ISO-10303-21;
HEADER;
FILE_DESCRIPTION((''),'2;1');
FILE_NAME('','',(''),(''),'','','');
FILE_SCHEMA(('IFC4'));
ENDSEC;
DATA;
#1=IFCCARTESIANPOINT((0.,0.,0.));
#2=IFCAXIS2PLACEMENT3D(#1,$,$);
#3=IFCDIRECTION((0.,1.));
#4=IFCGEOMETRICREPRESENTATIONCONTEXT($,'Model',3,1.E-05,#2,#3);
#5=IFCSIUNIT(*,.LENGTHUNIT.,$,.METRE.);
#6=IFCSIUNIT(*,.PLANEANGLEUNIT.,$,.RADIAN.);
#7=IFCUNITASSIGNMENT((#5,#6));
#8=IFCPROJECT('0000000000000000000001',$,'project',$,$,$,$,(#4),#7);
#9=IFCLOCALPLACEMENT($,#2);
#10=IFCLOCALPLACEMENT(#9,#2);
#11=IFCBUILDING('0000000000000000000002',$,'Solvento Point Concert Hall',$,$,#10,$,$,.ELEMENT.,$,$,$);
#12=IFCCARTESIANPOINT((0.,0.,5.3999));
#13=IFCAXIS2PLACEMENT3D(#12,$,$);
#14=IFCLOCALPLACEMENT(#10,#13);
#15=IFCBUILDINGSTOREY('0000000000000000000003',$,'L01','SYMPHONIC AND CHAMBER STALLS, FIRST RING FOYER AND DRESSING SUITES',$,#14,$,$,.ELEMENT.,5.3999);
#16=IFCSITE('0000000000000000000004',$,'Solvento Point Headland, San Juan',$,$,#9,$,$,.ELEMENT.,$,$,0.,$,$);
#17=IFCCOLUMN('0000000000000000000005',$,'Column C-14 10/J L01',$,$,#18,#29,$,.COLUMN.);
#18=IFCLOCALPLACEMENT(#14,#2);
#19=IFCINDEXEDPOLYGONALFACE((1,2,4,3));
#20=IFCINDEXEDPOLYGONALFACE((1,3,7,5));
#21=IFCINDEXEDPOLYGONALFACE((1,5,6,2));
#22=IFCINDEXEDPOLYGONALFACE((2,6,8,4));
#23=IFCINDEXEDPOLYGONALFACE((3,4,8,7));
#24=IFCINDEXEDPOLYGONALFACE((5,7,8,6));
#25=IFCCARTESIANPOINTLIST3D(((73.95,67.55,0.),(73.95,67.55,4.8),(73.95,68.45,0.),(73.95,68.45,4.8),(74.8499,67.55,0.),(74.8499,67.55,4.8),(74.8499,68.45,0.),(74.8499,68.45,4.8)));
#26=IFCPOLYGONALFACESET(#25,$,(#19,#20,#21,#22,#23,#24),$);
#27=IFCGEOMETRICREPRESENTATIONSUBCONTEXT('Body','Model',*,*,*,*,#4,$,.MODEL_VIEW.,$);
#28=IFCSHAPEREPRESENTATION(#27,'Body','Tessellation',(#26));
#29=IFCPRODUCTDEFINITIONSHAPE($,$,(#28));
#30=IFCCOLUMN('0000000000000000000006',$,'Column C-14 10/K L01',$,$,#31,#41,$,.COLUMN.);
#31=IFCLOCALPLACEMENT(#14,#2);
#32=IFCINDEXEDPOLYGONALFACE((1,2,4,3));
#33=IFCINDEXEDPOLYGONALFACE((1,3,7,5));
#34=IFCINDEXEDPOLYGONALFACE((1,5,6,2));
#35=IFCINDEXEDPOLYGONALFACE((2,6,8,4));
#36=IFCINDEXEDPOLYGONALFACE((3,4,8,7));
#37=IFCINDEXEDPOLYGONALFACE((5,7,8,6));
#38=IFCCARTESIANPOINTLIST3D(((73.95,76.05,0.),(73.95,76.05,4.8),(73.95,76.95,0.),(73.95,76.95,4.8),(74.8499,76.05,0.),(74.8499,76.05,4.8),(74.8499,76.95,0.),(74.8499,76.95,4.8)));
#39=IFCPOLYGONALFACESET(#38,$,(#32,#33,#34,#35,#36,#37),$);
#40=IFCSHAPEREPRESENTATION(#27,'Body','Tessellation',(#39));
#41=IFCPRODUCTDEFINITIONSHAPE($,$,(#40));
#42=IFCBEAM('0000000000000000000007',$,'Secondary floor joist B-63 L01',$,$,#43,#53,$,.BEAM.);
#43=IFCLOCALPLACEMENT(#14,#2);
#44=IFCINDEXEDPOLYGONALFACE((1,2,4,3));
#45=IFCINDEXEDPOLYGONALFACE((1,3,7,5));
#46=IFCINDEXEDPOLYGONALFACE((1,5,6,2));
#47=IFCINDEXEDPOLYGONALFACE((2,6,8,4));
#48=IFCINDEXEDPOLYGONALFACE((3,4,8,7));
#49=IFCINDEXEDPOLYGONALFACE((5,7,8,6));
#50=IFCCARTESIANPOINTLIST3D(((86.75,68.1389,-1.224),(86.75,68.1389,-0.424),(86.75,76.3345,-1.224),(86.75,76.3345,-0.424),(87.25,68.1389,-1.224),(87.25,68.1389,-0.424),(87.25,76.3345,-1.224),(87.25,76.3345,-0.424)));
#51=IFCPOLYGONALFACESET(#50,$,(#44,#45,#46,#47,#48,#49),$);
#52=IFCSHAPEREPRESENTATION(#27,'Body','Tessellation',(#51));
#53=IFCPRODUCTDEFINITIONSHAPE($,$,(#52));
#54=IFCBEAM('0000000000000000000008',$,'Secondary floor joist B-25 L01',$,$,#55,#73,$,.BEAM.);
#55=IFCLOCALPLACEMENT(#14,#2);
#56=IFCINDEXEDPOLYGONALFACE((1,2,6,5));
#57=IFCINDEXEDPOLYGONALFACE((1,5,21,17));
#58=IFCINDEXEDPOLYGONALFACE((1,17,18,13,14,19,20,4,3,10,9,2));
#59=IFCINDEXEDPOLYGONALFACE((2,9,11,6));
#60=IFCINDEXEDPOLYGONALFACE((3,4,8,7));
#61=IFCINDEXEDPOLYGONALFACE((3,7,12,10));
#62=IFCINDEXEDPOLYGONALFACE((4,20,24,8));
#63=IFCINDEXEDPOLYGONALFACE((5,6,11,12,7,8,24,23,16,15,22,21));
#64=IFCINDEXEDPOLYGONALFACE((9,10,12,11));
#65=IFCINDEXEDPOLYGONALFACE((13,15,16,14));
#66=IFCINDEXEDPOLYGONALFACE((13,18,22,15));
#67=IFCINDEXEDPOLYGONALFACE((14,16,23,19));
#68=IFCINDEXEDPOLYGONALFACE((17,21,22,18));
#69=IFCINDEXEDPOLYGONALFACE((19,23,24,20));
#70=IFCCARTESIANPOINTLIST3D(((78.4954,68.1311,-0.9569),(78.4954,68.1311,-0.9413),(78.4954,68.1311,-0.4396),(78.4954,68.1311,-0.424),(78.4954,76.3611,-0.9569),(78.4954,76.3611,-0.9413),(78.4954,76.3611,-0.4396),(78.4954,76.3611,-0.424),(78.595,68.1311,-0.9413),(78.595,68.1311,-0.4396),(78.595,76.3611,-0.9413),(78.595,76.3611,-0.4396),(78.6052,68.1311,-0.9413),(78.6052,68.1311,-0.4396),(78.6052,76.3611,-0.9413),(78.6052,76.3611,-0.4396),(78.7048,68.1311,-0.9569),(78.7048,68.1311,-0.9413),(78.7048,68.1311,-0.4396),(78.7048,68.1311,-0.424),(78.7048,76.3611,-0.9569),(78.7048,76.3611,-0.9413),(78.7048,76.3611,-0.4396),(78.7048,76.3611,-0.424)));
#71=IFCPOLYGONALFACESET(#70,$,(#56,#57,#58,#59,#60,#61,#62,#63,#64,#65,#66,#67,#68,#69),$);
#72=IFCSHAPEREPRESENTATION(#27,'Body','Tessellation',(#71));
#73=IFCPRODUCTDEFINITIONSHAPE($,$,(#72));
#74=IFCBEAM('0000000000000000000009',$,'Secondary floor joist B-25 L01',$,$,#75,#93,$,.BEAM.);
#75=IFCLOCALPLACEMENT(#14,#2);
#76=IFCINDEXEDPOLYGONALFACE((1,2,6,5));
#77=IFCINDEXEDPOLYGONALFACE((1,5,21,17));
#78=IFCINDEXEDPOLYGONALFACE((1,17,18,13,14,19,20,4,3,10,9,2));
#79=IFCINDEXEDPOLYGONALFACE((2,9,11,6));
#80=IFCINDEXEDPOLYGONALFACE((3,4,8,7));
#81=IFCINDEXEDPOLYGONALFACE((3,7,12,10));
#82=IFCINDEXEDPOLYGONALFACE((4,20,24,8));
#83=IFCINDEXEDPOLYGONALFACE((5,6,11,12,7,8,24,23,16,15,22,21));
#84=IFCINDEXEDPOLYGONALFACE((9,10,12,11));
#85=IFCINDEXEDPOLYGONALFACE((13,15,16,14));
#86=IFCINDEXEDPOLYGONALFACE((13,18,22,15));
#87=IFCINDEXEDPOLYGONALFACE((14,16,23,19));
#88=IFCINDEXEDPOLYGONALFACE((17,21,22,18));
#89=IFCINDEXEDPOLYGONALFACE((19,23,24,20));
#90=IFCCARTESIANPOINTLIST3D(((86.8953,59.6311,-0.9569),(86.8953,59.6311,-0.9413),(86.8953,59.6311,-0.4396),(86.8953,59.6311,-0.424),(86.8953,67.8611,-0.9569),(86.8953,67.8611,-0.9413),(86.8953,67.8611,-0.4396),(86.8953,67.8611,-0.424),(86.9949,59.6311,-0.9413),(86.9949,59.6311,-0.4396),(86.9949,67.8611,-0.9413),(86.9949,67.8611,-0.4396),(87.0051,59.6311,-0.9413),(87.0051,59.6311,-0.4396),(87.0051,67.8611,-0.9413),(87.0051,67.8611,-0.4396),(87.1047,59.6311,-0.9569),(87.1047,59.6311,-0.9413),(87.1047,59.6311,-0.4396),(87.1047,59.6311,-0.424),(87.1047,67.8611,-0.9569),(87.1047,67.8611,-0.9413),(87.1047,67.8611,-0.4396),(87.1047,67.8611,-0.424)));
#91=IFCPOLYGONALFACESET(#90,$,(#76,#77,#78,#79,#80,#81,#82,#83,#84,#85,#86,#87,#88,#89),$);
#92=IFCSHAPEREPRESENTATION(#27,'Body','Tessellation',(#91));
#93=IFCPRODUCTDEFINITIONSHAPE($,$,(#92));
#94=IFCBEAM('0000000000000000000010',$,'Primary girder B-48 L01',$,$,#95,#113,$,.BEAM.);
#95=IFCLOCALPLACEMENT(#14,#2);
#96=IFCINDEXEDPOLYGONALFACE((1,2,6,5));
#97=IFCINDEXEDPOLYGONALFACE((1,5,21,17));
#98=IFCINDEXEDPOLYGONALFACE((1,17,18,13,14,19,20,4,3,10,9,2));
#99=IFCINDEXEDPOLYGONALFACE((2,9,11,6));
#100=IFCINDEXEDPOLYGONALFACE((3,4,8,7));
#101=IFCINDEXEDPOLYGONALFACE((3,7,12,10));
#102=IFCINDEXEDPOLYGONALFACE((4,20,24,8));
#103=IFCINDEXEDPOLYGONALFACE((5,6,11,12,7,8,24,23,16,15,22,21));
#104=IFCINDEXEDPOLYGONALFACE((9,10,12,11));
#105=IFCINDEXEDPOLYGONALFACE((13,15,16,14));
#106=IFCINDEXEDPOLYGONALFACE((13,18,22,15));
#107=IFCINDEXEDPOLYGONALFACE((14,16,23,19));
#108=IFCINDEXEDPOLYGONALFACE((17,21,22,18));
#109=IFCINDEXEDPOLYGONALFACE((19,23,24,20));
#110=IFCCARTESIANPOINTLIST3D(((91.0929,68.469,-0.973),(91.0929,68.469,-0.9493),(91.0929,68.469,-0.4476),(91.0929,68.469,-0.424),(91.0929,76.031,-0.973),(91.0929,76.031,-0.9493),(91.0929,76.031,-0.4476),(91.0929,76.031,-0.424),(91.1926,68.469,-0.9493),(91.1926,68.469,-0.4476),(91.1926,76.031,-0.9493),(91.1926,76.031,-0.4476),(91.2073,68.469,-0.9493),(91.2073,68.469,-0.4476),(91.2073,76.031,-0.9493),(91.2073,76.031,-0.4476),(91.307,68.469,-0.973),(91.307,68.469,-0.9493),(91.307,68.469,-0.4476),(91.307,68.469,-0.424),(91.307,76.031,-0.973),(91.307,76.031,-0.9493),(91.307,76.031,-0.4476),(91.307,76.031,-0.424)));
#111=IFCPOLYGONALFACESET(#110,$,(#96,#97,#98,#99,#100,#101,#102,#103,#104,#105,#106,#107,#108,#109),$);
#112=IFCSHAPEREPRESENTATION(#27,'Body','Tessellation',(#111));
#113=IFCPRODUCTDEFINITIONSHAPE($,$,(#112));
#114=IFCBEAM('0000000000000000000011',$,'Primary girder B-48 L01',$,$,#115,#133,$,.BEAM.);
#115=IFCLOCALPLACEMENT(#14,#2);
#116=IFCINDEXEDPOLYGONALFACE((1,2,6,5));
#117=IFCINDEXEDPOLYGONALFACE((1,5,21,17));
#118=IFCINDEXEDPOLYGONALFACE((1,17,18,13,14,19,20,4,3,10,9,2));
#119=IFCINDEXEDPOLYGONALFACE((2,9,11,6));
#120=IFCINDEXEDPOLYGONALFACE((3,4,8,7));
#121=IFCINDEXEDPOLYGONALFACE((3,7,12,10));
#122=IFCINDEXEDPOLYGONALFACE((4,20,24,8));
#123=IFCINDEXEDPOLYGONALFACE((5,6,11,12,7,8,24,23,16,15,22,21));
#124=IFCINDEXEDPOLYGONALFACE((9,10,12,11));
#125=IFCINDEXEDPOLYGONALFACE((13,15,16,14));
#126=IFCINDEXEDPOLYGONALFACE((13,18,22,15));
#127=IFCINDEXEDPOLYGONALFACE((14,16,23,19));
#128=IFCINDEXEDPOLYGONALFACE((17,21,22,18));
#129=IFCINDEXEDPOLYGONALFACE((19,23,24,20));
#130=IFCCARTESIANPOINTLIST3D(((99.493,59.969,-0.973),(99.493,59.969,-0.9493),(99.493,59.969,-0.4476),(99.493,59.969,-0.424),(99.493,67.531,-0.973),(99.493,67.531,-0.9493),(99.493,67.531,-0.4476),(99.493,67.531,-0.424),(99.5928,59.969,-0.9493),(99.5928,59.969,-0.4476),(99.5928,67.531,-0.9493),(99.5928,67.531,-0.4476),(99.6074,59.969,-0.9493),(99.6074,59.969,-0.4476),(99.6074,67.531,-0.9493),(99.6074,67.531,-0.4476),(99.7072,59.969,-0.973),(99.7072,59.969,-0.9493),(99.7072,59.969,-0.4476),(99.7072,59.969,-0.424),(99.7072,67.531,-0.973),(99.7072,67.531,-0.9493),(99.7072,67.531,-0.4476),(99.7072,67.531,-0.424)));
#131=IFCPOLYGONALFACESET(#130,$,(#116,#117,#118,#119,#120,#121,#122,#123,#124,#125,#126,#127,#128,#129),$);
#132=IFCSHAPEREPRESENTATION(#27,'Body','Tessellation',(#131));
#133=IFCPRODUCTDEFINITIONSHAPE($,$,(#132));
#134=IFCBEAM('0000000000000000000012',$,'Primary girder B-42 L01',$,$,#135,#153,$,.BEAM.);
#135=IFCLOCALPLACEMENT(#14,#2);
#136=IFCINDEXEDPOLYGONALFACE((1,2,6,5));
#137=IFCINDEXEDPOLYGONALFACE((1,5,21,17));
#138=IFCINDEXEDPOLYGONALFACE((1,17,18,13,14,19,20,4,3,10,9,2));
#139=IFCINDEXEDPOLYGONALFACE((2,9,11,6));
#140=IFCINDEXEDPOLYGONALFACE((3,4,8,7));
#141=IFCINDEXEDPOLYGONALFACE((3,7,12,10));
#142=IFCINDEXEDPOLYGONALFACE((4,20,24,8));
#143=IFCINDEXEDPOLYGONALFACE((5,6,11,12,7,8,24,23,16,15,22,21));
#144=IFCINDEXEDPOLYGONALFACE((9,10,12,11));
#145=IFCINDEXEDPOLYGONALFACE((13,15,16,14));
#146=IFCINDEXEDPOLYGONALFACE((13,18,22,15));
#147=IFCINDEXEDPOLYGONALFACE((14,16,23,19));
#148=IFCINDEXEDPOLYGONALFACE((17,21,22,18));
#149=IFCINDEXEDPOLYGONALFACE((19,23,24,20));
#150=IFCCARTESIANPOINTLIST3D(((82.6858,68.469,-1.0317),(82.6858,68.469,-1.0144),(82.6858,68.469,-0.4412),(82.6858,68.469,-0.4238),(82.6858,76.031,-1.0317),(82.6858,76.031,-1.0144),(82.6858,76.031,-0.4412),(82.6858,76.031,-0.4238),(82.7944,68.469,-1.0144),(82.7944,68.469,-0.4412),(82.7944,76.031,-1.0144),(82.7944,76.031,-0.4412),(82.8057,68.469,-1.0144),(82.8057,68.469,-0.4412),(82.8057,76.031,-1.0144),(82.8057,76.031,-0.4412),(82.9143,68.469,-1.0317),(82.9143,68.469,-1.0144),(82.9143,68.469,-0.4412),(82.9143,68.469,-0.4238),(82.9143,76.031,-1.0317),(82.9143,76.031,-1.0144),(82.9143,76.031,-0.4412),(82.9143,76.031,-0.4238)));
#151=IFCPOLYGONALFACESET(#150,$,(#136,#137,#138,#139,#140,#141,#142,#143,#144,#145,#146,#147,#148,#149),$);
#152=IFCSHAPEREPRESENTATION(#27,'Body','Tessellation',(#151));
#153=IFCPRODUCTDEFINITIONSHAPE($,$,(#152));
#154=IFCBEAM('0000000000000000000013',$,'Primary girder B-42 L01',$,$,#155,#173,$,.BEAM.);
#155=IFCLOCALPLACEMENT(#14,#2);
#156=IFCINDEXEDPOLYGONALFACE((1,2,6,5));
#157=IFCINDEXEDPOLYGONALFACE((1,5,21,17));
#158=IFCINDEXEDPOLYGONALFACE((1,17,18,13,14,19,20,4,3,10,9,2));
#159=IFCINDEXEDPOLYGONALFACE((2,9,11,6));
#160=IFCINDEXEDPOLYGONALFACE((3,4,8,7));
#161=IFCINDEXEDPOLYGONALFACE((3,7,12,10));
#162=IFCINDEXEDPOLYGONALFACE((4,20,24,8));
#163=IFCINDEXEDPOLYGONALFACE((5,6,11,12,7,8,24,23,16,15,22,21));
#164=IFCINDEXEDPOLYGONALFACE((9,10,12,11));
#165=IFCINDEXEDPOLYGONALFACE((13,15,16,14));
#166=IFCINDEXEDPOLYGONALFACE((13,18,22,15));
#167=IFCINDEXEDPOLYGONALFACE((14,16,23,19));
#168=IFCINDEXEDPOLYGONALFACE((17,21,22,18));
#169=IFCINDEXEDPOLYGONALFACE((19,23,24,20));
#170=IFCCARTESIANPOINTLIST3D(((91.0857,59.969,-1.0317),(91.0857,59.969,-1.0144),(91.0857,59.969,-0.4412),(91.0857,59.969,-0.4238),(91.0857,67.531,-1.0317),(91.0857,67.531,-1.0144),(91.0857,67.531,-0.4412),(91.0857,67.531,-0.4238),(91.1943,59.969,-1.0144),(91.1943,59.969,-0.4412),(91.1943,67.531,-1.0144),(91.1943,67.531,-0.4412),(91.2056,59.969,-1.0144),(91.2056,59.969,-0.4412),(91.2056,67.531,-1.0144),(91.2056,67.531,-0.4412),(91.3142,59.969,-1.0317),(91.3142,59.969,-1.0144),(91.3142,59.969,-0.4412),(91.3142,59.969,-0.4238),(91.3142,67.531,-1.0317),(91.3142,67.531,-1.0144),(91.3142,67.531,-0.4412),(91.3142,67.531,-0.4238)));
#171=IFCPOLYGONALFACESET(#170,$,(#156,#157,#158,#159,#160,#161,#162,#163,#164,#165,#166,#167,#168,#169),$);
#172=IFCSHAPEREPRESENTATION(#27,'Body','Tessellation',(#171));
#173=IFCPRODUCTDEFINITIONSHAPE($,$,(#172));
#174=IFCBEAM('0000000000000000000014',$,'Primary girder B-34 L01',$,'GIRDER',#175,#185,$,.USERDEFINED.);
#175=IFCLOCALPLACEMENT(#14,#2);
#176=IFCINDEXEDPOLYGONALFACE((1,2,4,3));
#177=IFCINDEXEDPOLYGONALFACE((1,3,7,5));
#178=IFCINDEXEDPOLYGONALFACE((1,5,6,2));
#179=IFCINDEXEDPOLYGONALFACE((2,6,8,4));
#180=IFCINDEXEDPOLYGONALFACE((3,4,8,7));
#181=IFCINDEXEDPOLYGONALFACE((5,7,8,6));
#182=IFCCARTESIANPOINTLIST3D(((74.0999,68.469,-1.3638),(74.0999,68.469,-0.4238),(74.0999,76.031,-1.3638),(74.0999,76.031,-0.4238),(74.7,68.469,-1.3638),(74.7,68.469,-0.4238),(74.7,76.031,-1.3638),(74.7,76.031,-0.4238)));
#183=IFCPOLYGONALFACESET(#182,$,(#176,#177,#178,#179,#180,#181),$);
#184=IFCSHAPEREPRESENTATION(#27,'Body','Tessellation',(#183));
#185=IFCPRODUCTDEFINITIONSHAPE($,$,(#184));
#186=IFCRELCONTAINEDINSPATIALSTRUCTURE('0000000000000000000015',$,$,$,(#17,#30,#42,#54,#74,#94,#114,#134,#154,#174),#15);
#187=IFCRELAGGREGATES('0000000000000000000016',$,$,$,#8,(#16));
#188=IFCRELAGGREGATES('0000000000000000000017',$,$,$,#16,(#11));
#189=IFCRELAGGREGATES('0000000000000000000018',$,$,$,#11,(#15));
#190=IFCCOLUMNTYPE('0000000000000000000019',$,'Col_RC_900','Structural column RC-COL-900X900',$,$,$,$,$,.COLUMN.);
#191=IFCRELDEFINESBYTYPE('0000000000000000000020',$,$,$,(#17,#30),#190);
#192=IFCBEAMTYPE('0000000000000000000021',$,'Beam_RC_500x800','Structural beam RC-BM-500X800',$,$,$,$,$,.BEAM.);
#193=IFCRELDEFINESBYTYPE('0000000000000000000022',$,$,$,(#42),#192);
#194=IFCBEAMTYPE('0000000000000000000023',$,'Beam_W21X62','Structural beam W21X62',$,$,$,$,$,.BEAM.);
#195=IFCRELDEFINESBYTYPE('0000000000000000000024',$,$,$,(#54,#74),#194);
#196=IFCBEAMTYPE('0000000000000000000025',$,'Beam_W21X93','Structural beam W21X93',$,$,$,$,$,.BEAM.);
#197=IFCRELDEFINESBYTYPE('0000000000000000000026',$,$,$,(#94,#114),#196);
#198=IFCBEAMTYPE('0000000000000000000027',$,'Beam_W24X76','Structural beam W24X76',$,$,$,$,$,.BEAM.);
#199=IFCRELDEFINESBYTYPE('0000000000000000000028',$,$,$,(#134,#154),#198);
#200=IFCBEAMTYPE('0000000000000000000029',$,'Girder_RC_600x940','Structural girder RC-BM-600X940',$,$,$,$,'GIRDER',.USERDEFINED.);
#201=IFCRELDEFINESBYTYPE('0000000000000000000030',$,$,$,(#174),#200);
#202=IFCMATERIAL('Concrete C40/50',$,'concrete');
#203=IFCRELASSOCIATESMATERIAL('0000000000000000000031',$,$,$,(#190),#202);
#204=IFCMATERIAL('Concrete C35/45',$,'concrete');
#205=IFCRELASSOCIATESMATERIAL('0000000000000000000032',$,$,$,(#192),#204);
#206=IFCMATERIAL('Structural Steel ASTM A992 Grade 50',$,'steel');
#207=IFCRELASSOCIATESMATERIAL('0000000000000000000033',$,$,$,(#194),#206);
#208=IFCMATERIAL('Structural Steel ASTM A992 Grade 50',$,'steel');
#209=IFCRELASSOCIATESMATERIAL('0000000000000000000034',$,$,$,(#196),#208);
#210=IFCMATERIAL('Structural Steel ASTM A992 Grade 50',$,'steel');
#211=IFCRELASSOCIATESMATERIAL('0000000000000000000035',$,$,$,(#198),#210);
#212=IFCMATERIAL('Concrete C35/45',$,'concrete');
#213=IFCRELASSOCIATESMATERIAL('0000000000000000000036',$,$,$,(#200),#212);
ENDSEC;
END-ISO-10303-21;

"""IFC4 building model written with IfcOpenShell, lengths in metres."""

from ifc_helpers import new_model, si_unit, direction, frame, origin, origin_2d, place, context, subcontext, project, spatial, rectangle, i_section, extrude, material, material_profile, profile_set, type_object, element, save


model = new_model("IFC4")

# Units and contexts
model_context = context("Model", 3, precision=1e-05, world=origin(), true_north=direction((0.0, 1.0)))
body_context = subcontext(model_context, "Body", "Model", "MODEL_VIEW")
ifc_project = project(units=[si_unit("LENGTHUNIT", "METRE"), si_unit("PLANEANGLEUNIT", "RADIAN")], contexts=[model_context])

# Site, building, storey
site_placement = place(None, origin())
site = spatial("IfcSite", under=ifc_project, at=site_placement, Name="Solvento Point Headland, San Juan", CompositionType="ELEMENT", RefElevation=0.0)
building_placement = place(site_placement, origin())
building = spatial("IfcBuilding", under=site, at=building_placement, Name="Solvento Point Concert Hall", CompositionType="ELEMENT")
storey_placement = place(building_placement, frame((0.0, 0.0, 5.3999)))
storey = spatial("IfcBuildingStorey", under=building, at=storey_placement, Name="L01", Description="SYMPHONIC AND CHAMBER STALLS, FIRST RING FOYER AND DRESSING SUITES", CompositionType="ELEMENT", Elevation=5.3999)

# Columns
ifc_material_1 = material(Name="Concrete C40/50", Category="concrete")
ifc_material_profile_1 = material_profile(ifc_material_1, rectangle(XDim=0.8999, YDim=0.8999, at=origin_2d()), Name="RC-COL-900X900")
ifc_profile_set_1 = profile_set([ifc_material_profile_1], Name="Concrete C40/50")
column_type = type_object("IfcColumnType", Name="Col_RC_900", Description="Structural column RC-COL-900X900", PredefinedType="COLUMN", material=ifc_profile_set_1)
for number, where, z_axis, x_axis, name in (
    (1, (74.3999, 68.0, 0.0), (0.0, 0.0, 1.0), (1.0, 0.0, 0.0), "Column C-14 10/J L01"),
    (2, (74.3999, 76.5, 0.0), (0.0, 0.0, 1.0), (1.0, 0.0, 0.0), "Column C-14 10/K L01"),
):
    element("IfcColumn", number, at=place(storey_placement, frame(where, z_axis=z_axis, x_axis=x_axis)), inside=storey, type_object=column_type, Name=name, PredefinedType="COLUMN", context=body_context, shape_type="SweptSolid", body=[
        extrude(rectangle(XDim=0.8999, YDim=0.8999, at=origin_2d()), origin(), (0.0, 0.0, 1.0), 4.8),
    ])

# Beams
ifc_material_2 = material(Name="Concrete C35/45", Category="concrete")
ifc_material_profile_2 = material_profile(ifc_material_2, rectangle(XDim=0.5, YDim=0.8, at=origin_2d()), Name="RC-BM-500X800")
ifc_profile_set_2 = profile_set([ifc_material_profile_2], Name="Concrete C35/45")
beam_type_1 = type_object("IfcBeamType", Name="Beam_RC_500x800", Description="Structural beam RC-BM-500X800", PredefinedType="BEAM", material=ifc_profile_set_2)
beam_1_placement = place(storey_placement, frame((87.0, 68.1389, -0.824), z_axis=(0.0, 1.0, 0.0), x_axis=(-1.0, 0.0, 0.0)))
element("IfcBeam", 3, at=beam_1_placement, inside=storey, type_object=beam_type_1, Name="Secondary floor joist B-63 L01", PredefinedType="BEAM", context=body_context, shape_type="SweptSolid", body=[
    extrude(rectangle(XDim=0.5, YDim=0.8, at=origin_2d()), origin(), (0.0, 0.0, 1.0), 8.1956),
])
ifc_material_3 = material(Name="Structural Steel ASTM A992 Grade 50", Category="steel")
ifc_material_profile_3 = material_profile(ifc_material_3, i_section(OverallWidth=0.2095, OverallDepth=0.533, WebThickness=0.0103, FlangeThickness=0.0156, at=origin_2d()), Name="W21X62")
ifc_profile_set_3 = profile_set([ifc_material_profile_3], Name="Structural Steel ASTM A992 Grade 50")
beam_type_2 = type_object("IfcBeamType", Name="Beam_W21X62", Description="Structural beam W21X62", PredefinedType="BEAM", material=ifc_profile_set_3)
for number, where, z_axis, x_axis, name in (
    (4, (78.6001, 68.1311, -0.6904), (0.0, 1.0, 0.0), (-1.0, 0.0, 0.0), "Secondary floor joist B-25 L01"),
    (5, (87.0, 59.6311, -0.6904), (0.0, 1.0, 0.0), (-1.0, 0.0, 0.0), "Secondary floor joist B-25 L01"),
):
    element("IfcBeam", number, at=place(storey_placement, frame(where, z_axis=z_axis, x_axis=x_axis)), inside=storey, type_object=beam_type_2, Name=name, PredefinedType="BEAM", context=body_context, shape_type="SweptSolid", body=[
        extrude(i_section(OverallWidth=0.2095, OverallDepth=0.533, WebThickness=0.0103, FlangeThickness=0.0156, at=origin_2d()), origin(), (0.0, 0.0, 1.0), 8.23),
    ])
ifc_material_4 = material(Name="Structural Steel ASTM A992 Grade 50", Category="steel")
ifc_material_profile_4 = material_profile(ifc_material_4, i_section(OverallWidth=0.2141, OverallDepth=0.5491, WebThickness=0.0146, FlangeThickness=0.0237, at=origin_2d()), Name="W21X93")
ifc_profile_set_4 = profile_set([ifc_material_profile_4], Name="Structural Steel ASTM A992 Grade 50")
beam_type_3 = type_object("IfcBeamType", Name="Beam_W21X93", Description="Structural beam W21X93", PredefinedType="BEAM", material=ifc_profile_set_4)
for number, where, z_axis, x_axis, name in (
    (6, (91.2, 68.469, -0.6985), (0.0, 1.0, 0.0), (-1.0, 0.0, 0.0), "Primary girder B-48 L01"),
    (7, (99.6001, 59.969, -0.6985), (0.0, 1.0, 0.0), (-1.0, 0.0, 0.0), "Primary girder B-48 L01"),
):
    element("IfcBeam", number, at=place(storey_placement, frame(where, z_axis=z_axis, x_axis=x_axis)), inside=storey, type_object=beam_type_3, Name=name, PredefinedType="BEAM", context=body_context, shape_type="SweptSolid", body=[
        extrude(i_section(OverallWidth=0.2141, OverallDepth=0.5491, WebThickness=0.0146, FlangeThickness=0.0237, at=origin_2d()), origin(), (0.0, 0.0, 1.0), 7.562),
    ])
ifc_material_5 = material(Name="Structural Steel ASTM A992 Grade 50", Category="steel")
ifc_material_profile_5 = material_profile(ifc_material_5, i_section(OverallWidth=0.2285, OverallDepth=0.6079, WebThickness=0.0112, FlangeThickness=0.0173, at=origin_2d()), Name="W24X76")
ifc_profile_set_5 = profile_set([ifc_material_profile_5], Name="Structural Steel ASTM A992 Grade 50")
beam_type_4 = type_object("IfcBeamType", Name="Beam_W24X76", Description="Structural beam W24X76", PredefinedType="BEAM", material=ifc_profile_set_5)
for number, where, z_axis, x_axis, name in (
    (8, (82.8, 68.469, -0.7278), (0.0, 1.0, 0.0), (-1.0, 0.0, 0.0), "Primary girder B-42 L01"),
    (9, (91.2, 59.969, -0.7278), (0.0, 1.0, 0.0), (-1.0, 0.0, 0.0), "Primary girder B-42 L01"),
):
    element("IfcBeam", number, at=place(storey_placement, frame(where, z_axis=z_axis, x_axis=x_axis)), inside=storey, type_object=beam_type_4, Name=name, PredefinedType="BEAM", context=body_context, shape_type="SweptSolid", body=[
        extrude(i_section(OverallWidth=0.2285, OverallDepth=0.6079, WebThickness=0.0112, FlangeThickness=0.0173, at=origin_2d()), origin(), (0.0, 0.0, 1.0), 7.562),
    ])
ifc_material_6 = material(Name="Concrete C35/45", Category="concrete")
ifc_material_profile_6 = material_profile(ifc_material_6, rectangle(XDim=0.6001, YDim=0.9399, at=origin_2d()), Name="RC-BM-600X940")
ifc_profile_set_6 = profile_set([ifc_material_profile_6], Name="Concrete C35/45")
beam_type_5 = type_object("IfcBeamType", Name="Girder_RC_600x940", Description="Structural girder RC-BM-600X940", ElementType="GIRDER", PredefinedType="USERDEFINED", material=ifc_profile_set_6)
for number, where, z_axis, x_axis, name in (
    (10, (74.3999, 68.469, -0.8938), (0.0, 1.0, 0.0), (-1.0, 0.0, 0.0), "Primary girder B-34 L01"),
):
    element("IfcBeam", number, at=place(storey_placement, frame(where, z_axis=z_axis, x_axis=x_axis)), inside=storey, type_object=beam_type_5, Name=name, ObjectType="GIRDER", PredefinedType="USERDEFINED", context=body_context, shape_type="SweptSolid", body=[
        extrude(rectangle(XDim=0.6001, YDim=0.9399, at=origin_2d()), origin(), (0.0, 0.0, 1.0), 7.562),
    ])

save(model, "model.ifc")
